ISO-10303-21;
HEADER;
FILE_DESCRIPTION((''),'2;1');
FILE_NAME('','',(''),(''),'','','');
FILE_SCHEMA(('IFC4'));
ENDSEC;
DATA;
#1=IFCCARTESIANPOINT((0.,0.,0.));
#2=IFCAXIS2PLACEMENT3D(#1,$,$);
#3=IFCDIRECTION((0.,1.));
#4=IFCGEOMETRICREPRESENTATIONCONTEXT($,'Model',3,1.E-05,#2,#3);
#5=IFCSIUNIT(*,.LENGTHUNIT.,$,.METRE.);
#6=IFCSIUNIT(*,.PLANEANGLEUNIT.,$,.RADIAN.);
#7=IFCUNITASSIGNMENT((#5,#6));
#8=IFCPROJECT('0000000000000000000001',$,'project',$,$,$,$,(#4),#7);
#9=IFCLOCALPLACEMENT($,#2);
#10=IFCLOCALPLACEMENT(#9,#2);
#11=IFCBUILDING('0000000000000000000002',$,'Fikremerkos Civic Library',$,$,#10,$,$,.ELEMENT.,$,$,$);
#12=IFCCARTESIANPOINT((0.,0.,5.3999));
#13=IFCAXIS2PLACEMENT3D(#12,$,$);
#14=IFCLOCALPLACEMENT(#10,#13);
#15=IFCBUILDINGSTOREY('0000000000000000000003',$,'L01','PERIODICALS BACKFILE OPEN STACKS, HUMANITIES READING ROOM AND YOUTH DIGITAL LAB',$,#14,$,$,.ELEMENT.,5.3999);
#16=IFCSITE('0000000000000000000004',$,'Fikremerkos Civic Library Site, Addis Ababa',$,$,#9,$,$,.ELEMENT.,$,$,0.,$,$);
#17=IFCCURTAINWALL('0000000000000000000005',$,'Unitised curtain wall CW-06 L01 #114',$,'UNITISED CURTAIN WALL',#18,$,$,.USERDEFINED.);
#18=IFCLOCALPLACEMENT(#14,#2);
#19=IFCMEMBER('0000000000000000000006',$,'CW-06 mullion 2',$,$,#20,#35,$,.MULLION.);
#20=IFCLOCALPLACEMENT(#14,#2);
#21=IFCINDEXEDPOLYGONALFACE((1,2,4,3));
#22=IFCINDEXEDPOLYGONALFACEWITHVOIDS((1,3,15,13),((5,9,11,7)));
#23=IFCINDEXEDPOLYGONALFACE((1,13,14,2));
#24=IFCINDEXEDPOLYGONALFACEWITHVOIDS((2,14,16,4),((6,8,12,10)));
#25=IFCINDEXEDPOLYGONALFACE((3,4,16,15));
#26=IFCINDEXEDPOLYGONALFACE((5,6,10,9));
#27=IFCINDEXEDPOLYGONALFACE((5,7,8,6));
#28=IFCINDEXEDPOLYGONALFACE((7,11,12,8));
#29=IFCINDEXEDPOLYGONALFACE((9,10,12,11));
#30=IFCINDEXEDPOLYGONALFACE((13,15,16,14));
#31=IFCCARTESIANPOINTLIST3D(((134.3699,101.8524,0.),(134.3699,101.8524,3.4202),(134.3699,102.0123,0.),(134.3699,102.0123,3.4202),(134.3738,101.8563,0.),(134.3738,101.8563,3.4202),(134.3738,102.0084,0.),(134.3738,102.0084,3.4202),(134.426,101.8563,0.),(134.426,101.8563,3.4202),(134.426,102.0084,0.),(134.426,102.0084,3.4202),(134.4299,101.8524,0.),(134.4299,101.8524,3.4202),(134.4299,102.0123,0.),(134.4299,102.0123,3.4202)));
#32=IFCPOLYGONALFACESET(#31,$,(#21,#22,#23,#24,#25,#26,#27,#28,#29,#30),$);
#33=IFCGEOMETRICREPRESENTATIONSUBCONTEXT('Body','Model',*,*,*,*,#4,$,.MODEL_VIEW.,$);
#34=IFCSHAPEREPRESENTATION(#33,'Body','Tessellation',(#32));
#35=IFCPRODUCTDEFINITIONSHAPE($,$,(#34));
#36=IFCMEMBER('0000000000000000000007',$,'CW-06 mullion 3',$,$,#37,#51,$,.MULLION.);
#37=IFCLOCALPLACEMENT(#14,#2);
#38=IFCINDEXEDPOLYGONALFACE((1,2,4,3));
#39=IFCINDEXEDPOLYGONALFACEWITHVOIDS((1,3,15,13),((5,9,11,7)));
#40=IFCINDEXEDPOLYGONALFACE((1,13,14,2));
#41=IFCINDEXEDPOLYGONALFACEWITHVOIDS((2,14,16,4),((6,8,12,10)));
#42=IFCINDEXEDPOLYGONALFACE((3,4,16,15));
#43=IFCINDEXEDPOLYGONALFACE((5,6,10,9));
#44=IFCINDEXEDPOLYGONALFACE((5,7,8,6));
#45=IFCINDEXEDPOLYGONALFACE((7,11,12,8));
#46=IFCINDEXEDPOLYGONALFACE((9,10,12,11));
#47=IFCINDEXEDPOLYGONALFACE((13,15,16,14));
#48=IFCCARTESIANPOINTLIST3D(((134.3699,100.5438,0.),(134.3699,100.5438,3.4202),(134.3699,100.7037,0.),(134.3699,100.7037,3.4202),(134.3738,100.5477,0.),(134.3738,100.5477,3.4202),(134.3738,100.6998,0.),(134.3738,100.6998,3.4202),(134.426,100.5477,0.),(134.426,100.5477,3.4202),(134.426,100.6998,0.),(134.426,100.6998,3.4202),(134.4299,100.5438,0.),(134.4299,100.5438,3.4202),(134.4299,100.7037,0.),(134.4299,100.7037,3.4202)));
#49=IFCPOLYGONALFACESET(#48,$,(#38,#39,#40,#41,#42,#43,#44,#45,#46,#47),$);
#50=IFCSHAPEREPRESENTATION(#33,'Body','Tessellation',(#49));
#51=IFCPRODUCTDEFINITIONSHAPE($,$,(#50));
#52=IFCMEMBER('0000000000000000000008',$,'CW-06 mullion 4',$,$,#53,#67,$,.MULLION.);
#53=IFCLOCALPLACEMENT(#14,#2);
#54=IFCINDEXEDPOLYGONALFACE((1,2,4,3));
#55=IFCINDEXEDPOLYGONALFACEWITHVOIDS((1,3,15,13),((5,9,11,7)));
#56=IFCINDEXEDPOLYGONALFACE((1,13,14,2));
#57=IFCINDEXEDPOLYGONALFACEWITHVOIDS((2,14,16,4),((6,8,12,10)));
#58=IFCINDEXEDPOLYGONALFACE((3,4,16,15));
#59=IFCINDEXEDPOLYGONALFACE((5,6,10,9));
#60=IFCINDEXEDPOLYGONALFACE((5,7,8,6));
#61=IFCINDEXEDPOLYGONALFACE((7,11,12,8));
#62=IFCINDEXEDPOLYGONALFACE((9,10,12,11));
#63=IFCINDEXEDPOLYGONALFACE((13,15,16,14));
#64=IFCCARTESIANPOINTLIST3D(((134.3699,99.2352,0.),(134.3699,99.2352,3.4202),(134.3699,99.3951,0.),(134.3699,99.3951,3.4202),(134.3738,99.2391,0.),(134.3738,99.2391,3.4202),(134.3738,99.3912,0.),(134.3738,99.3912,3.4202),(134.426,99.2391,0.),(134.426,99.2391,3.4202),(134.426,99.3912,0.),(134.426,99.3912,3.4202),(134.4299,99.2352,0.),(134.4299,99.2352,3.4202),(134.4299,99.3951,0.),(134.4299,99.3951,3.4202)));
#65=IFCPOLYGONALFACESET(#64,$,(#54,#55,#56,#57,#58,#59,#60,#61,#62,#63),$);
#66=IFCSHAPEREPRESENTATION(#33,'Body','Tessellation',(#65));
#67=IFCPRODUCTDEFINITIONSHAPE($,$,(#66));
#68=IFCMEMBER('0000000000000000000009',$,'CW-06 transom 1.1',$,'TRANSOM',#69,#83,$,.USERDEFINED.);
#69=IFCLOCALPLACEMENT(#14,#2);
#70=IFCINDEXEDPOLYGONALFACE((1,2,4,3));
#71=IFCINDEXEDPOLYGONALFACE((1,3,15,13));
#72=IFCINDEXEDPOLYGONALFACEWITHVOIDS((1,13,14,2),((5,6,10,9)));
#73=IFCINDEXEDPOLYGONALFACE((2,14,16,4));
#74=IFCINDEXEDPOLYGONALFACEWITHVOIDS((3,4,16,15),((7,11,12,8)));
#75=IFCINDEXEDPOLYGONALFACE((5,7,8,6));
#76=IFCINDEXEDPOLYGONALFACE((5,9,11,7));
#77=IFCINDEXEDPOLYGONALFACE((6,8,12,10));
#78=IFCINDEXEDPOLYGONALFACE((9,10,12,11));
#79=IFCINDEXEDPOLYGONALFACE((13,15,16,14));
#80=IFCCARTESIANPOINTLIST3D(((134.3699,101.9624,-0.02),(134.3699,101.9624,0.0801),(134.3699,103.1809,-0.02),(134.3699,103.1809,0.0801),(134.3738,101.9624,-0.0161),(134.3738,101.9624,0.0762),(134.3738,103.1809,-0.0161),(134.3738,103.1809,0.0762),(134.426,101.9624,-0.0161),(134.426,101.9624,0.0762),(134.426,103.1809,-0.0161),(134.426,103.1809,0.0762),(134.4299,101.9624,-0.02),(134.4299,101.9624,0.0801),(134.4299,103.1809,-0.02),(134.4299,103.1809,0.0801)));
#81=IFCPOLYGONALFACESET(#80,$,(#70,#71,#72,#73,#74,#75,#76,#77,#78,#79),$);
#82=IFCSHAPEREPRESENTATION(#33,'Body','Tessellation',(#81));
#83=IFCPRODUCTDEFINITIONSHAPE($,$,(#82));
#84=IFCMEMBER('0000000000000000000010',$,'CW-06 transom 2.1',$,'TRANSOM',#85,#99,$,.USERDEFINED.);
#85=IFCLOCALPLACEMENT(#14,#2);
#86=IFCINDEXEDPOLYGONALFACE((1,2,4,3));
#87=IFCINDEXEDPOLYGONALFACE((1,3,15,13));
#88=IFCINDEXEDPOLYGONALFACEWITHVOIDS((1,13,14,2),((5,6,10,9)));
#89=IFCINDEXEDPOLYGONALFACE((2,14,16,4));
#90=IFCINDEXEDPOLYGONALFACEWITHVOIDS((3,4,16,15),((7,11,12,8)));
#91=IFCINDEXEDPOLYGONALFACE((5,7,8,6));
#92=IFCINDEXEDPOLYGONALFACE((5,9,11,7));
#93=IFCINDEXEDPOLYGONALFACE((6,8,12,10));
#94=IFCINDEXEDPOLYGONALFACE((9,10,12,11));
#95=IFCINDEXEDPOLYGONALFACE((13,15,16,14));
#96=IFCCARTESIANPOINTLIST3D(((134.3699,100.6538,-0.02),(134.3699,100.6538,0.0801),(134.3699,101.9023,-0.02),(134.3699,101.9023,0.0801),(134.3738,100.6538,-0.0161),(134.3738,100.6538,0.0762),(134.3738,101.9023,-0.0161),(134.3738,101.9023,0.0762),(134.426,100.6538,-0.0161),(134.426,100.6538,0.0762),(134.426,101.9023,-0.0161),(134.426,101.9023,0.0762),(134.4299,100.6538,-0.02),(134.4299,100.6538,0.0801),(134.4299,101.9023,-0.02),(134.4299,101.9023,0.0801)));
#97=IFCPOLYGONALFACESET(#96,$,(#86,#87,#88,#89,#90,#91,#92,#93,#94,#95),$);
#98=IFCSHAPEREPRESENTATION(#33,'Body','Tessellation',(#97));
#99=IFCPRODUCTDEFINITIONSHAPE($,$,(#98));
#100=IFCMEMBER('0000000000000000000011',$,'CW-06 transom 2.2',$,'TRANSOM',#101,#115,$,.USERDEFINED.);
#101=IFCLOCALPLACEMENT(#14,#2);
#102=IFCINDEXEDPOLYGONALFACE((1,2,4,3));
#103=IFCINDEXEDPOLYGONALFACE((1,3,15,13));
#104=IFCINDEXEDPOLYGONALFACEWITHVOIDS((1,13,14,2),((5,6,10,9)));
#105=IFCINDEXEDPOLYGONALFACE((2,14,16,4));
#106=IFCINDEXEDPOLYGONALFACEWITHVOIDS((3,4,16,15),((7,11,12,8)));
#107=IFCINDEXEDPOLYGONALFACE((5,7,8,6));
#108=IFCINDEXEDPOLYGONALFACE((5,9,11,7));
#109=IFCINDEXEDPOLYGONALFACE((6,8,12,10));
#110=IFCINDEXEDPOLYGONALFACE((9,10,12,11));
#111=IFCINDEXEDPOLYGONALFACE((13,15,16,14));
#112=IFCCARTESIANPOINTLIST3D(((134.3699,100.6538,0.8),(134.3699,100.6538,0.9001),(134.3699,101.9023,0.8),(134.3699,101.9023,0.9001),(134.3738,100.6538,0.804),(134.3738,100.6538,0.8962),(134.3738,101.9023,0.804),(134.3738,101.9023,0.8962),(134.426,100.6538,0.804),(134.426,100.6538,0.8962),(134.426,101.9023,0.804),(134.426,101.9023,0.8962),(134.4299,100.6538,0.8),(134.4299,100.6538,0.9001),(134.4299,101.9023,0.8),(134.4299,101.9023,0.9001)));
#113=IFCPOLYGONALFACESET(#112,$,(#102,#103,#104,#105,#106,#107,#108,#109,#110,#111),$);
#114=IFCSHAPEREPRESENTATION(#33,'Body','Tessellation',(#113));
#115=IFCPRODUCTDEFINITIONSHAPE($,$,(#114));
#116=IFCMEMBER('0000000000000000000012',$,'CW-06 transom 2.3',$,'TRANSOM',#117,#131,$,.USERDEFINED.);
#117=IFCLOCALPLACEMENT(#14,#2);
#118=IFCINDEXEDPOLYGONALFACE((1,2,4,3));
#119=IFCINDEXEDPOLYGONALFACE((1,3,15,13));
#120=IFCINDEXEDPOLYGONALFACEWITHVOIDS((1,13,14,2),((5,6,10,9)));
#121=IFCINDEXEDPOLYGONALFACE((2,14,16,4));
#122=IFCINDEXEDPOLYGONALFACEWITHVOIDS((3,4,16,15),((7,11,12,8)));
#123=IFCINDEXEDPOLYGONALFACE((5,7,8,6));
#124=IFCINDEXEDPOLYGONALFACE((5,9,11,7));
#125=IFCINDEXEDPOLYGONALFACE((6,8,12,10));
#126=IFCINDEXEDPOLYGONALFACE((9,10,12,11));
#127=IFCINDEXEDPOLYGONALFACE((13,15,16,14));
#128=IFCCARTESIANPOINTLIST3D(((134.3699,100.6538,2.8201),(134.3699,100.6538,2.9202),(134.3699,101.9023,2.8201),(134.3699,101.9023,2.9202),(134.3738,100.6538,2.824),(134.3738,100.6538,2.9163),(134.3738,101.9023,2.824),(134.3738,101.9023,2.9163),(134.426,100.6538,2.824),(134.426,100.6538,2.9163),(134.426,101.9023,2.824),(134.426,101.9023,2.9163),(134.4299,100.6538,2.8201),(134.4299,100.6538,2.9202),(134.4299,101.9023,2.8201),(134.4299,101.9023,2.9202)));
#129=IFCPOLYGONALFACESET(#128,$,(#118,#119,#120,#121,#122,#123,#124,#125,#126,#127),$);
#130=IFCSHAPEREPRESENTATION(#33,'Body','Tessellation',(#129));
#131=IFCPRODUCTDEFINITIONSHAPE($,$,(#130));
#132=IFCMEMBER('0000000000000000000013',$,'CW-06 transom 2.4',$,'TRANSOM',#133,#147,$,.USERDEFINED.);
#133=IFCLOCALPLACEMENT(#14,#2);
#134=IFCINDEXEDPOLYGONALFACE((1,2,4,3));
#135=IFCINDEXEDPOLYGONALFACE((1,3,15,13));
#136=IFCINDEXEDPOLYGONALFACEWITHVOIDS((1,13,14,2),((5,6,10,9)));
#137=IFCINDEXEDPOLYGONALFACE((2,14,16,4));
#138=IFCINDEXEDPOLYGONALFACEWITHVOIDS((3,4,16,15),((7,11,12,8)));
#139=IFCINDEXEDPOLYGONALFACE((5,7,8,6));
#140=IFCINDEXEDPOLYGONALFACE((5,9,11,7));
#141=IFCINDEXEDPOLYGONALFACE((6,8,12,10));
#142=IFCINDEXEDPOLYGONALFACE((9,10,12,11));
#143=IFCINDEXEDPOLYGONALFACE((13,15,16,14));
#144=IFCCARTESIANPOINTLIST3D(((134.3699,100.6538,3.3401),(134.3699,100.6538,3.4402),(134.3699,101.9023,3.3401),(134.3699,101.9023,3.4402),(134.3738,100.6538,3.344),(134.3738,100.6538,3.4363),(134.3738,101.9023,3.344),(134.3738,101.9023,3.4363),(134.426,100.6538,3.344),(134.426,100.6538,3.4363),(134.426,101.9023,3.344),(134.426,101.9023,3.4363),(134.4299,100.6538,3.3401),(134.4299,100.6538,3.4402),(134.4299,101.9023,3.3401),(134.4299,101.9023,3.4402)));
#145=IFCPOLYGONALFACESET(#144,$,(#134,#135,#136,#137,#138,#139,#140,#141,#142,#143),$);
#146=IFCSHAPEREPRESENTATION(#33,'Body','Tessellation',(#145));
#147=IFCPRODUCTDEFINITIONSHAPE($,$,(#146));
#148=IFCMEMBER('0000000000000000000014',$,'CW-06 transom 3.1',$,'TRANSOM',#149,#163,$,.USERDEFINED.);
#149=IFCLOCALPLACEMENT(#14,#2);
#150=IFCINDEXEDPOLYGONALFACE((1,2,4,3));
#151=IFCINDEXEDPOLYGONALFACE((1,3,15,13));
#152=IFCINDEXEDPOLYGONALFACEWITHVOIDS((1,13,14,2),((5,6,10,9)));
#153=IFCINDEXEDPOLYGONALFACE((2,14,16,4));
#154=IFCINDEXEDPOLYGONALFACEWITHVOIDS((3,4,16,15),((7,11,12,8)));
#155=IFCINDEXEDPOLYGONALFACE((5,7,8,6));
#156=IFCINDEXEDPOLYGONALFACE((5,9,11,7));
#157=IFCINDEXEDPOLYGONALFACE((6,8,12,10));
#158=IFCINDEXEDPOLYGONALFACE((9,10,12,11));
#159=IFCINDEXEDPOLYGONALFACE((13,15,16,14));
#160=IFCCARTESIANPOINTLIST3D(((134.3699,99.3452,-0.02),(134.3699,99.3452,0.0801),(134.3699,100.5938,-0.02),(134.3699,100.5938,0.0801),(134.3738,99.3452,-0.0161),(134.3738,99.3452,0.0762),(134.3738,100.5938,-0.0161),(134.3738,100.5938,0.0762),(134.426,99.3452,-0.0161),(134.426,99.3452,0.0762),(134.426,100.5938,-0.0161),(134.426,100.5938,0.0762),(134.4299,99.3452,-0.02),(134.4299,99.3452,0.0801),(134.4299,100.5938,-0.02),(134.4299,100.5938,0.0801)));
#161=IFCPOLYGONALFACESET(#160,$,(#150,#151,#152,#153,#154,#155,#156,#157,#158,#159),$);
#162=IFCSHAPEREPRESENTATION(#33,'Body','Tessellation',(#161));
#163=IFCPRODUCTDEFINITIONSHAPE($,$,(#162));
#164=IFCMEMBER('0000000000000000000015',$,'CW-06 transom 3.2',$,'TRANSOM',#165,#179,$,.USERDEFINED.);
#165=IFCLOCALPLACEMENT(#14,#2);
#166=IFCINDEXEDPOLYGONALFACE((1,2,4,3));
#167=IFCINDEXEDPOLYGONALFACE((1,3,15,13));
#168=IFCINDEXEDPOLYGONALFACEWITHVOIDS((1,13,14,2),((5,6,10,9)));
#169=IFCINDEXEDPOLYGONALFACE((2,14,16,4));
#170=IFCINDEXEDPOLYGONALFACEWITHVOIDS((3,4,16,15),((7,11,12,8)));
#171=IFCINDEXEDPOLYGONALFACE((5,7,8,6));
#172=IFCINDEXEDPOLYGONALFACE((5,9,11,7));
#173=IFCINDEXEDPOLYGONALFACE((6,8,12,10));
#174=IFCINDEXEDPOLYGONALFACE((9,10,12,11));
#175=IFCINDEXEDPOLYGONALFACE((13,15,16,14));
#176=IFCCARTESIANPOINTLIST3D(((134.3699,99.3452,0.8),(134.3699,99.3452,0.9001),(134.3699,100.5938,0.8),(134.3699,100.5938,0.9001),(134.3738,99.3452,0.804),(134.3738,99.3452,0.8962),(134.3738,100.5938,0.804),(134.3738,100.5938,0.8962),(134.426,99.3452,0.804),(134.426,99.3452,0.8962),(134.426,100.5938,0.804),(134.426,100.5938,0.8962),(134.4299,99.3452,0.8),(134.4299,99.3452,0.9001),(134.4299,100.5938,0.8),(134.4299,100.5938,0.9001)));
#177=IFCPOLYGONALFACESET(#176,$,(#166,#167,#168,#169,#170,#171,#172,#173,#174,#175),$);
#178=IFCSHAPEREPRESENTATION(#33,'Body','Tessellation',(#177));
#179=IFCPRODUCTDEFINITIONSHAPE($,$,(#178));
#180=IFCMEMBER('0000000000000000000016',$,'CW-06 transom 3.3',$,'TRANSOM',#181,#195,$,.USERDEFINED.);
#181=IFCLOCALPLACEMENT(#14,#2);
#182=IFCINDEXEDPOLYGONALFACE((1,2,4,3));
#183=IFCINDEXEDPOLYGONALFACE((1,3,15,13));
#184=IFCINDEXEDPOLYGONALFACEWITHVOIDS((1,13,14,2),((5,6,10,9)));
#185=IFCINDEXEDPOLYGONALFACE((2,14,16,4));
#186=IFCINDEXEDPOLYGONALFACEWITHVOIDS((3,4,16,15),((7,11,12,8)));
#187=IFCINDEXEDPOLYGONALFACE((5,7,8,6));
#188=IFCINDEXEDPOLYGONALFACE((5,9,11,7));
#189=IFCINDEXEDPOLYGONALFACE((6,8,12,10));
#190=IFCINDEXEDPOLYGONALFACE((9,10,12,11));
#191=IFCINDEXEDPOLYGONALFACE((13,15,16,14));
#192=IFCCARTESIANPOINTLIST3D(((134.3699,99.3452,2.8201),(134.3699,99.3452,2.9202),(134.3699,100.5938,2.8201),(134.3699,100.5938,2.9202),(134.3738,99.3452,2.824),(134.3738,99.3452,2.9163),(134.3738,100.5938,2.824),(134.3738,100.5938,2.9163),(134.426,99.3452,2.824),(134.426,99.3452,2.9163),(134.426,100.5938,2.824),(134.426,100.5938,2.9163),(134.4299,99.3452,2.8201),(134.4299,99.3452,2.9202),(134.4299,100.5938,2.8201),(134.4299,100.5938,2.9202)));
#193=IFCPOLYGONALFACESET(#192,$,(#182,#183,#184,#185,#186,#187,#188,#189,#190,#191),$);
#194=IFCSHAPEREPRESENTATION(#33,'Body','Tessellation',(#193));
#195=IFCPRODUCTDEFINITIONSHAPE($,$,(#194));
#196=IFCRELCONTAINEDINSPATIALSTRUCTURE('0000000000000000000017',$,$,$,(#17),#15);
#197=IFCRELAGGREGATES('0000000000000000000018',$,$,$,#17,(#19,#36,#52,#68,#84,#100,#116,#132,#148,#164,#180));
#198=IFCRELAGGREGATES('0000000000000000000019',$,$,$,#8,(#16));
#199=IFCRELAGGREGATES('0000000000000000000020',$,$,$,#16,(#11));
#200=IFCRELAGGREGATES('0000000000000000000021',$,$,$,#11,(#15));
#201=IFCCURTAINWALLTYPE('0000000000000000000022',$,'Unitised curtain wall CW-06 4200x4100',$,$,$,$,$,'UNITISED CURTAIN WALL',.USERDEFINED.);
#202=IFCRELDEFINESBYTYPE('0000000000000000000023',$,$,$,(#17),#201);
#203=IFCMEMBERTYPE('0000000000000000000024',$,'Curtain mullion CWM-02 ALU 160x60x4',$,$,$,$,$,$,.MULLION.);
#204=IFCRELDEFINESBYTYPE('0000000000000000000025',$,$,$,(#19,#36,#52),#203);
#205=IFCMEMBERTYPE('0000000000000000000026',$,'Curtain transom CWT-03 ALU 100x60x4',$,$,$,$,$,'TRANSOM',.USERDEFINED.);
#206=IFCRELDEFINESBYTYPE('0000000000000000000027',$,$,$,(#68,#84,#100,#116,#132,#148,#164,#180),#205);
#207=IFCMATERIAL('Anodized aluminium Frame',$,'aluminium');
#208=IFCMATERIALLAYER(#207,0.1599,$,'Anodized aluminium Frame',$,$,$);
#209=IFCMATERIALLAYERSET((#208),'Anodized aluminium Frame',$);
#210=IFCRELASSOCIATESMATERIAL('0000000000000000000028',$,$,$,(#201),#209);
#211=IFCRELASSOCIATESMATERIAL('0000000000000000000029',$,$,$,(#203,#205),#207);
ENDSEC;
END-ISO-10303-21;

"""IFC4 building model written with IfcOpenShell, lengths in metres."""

from ifc_helpers import new_model, si_unit, direction, frame, origin, origin_2d, place, context, subcontext, project, spatial, hollow_rectangle, extrude, material, layer, layer_set, material_profile, profile_set, type_object, element, aggregate, save


model = new_model("IFC4")

# Units and contexts
model_context = context("Model", 3, precision=1e-05, world=origin(), true_north=direction((0.0, 1.0)))
body_context = subcontext(model_context, "Body", "Model", "MODEL_VIEW")
ifc_project = project(units=[si_unit("LENGTHUNIT", "METRE"), si_unit("PLANEANGLEUNIT", "RADIAN")], contexts=[model_context])

# Site, building, storey
site_placement = place(None, origin())
site = spatial("IfcSite", under=ifc_project, at=site_placement, Name="Fikremerkos Civic Library Site, Addis Ababa", CompositionType="ELEMENT", RefElevation=0.0)
building_placement = place(site_placement, origin())
building = spatial("IfcBuilding", under=site, at=building_placement, Name="Fikremerkos Civic Library", CompositionType="ELEMENT")
storey_placement = place(building_placement, frame((0.0, 0.0, 5.3999)))
storey = spatial("IfcBuildingStorey", under=building, at=storey_placement, Name="L01", Description="PERIODICALS BACKFILE OPEN STACKS, HUMANITIES READING ROOM AND YOUTH DIGITAL LAB", CompositionType="ELEMENT", Elevation=5.3999)

# Curtain wall, members
ifc_material_1 = material(Name="Anodized aluminium Frame", Category="aluminium")
ifc_layer_1 = layer(ifc_material_1, 0.1599, Name="Anodized aluminium Frame")
ifc_layer_set_1 = layer_set([ifc_layer_1], Name="Anodized aluminium Frame")
curtain_wall_type = type_object("IfcCurtainWallType", Name="Unitised curtain wall CW-06 4200x4100", ElementType="UNITISED CURTAIN WALL", PredefinedType="USERDEFINED", material=ifc_layer_set_1)
curtain_wall_placement = place(storey_placement, origin())
curtain_wall = element("IfcCurtainWall", 1, at=curtain_wall_placement, inside=storey, type_object=curtain_wall_type, Name="Unitised curtain wall CW-06 L01 #114", ObjectType="UNITISED CURTAIN WALL", PredefinedType="USERDEFINED")
ifc_material_profile_1 = material_profile(ifc_material_1, hollow_rectangle(XDim=0.0601, YDim=0.1599, WallThickness=0.0039, at=origin_2d()), Name="ALU 160x60x4")
ifc_profile_set_1 = profile_set([ifc_material_profile_1], Name="Anodized aluminium Frame")
member_type_1 = type_object("IfcMemberType", Name="Curtain mullion CWM-02 ALU 160x60x4", PredefinedType="MULLION", material=ifc_profile_set_1)
member_1_placement = place(storey_placement, frame((134.3999, 101.9324, 0.0), z_axis=(0.0, 0.0, 1.0), x_axis=(1.0, 0.0, 0.0)))
member_1 = element("IfcMember", 2, at=member_1_placement, type_object=member_type_1, Name="CW-06 mullion 2", PredefinedType="MULLION", context=body_context, shape_type="SweptSolid", body=[
    extrude(hollow_rectangle(XDim=0.0601, YDim=0.1599, WallThickness=0.0039, at=origin_2d()), origin(), (0.0, 0.0, 1.0), 3.4202),
])
member_2_placement = place(storey_placement, frame((134.3999, 100.6238, 0.0), z_axis=(0.0, 0.0, 1.0), x_axis=(1.0, 0.0, 0.0)))
member_2 = element("IfcMember", 3, at=member_2_placement, type_object=member_type_1, Name="CW-06 mullion 3", PredefinedType="MULLION", context=body_context, shape_type="SweptSolid", body=[
    extrude(hollow_rectangle(XDim=0.0601, YDim=0.1599, WallThickness=0.0039, at=origin_2d()), origin(), (0.0, 0.0, 1.0), 3.4202),
])
member_3_placement = place(storey_placement, frame((134.3999, 99.3152, 0.0), z_axis=(0.0, 0.0, 1.0), x_axis=(1.0, 0.0, 0.0)))
member_3 = element("IfcMember", 4, at=member_3_placement, type_object=member_type_1, Name="CW-06 mullion 4", PredefinedType="MULLION", context=body_context, shape_type="SweptSolid", body=[
    extrude(hollow_rectangle(XDim=0.0601, YDim=0.1599, WallThickness=0.0039, at=origin_2d()), origin(), (0.0, 0.0, 1.0), 3.4202),
])
ifc_material_profile_2 = material_profile(ifc_material_1, hollow_rectangle(XDim=0.0601, YDim=0.1001, WallThickness=0.0039, at=origin_2d()), Name="ALU 100x60x4")
ifc_profile_set_2 = profile_set([ifc_material_profile_2], Name="Anodized aluminium Frame")
member_type_2 = type_object("IfcMemberType", Name="Curtain transom CWT-03 ALU 100x60x4", ElementType="TRANSOM", PredefinedType="USERDEFINED", material=ifc_profile_set_2)
member_4_placement = place(storey_placement, frame((134.3999, 103.1809, 0.03), z_axis=(0.0, -1.0, 0.0), x_axis=(1.0, 0.0, 0.0)))
member_4 = element("IfcMember", 5, at=member_4_placement, type_object=member_type_2, Name="CW-06 transom 1.1", ObjectType="TRANSOM", PredefinedType="USERDEFINED", context=body_context, shape_type="SweptSolid", body=[
    extrude(hollow_rectangle(XDim=0.0601, YDim=0.1001, WallThickness=0.0039, at=origin_2d()), origin(), (0.0, 0.0, 1.0), 1.2185),
])
member_5_placement = place(storey_placement, frame((134.3999, 101.9023, 0.03), z_axis=(0.0, -1.0, 0.0), x_axis=(1.0, 0.0, 0.0)))
member_5 = element("IfcMember", 6, at=member_5_placement, type_object=member_type_2, Name="CW-06 transom 2.1", ObjectType="TRANSOM", PredefinedType="USERDEFINED", context=body_context, shape_type="SweptSolid", body=[
    extrude(hollow_rectangle(XDim=0.0601, YDim=0.1001, WallThickness=0.0039, at=origin_2d()), origin(), (0.0, 0.0, 1.0), 1.2485),
])
member_6_placement = place(storey_placement, frame((134.3999, 101.9023, 0.8501), z_axis=(0.0, -1.0, 0.0), x_axis=(1.0, 0.0, 0.0)))
member_6 = element("IfcMember", 7, at=member_6_placement, type_object=member_type_2, Name="CW-06 transom 2.2", ObjectType="TRANSOM", PredefinedType="USERDEFINED", context=body_context, shape_type="SweptSolid", body=[
    extrude(hollow_rectangle(XDim=0.0601, YDim=0.1001, WallThickness=0.0039, at=origin_2d()), origin(), (0.0, 0.0, 1.0), 1.2485),
])
member_7_placement = place(storey_placement, frame((134.3999, 101.9023, 2.8701), z_axis=(0.0, -1.0, 0.0), x_axis=(1.0, 0.0, 0.0)))
member_7 = element("IfcMember", 8, at=member_7_placement, type_object=member_type_2, Name="CW-06 transom 2.3", ObjectType="TRANSOM", PredefinedType="USERDEFINED", context=body_context, shape_type="SweptSolid", body=[
    extrude(hollow_rectangle(XDim=0.0601, YDim=0.1001, WallThickness=0.0039, at=origin_2d()), origin(), (0.0, 0.0, 1.0), 1.2485),
])
member_8_placement = place(storey_placement, frame((134.3999, 101.9023, 3.3901), z_axis=(0.0, -1.0, 0.0), x_axis=(1.0, 0.0, 0.0)))
member_8 = element("IfcMember", 9, at=member_8_placement, type_object=member_type_2, Name="CW-06 transom 2.4", ObjectType="TRANSOM", PredefinedType="USERDEFINED", context=body_context, shape_type="SweptSolid", body=[
    extrude(hollow_rectangle(XDim=0.0601, YDim=0.1001, WallThickness=0.0039, at=origin_2d()), origin(), (0.0, 0.0, 1.0), 1.2485),
])
member_9_placement = place(storey_placement, frame((134.3999, 100.5938, 0.03), z_axis=(0.0, -1.0, 0.0), x_axis=(1.0, 0.0, 0.0)))
member_9 = element("IfcMember", 10, at=member_9_placement, type_object=member_type_2, Name="CW-06 transom 3.1", ObjectType="TRANSOM", PredefinedType="USERDEFINED", context=body_context, shape_type="SweptSolid", body=[
    extrude(hollow_rectangle(XDim=0.0601, YDim=0.1001, WallThickness=0.0039, at=origin_2d()), origin(), (0.0, 0.0, 1.0), 1.2485),
])
member_10_placement = place(storey_placement, frame((134.3999, 100.5938, 0.8501), z_axis=(0.0, -1.0, 0.0), x_axis=(1.0, 0.0, 0.0)))
member_10 = element("IfcMember", 11, at=member_10_placement, type_object=member_type_2, Name="CW-06 transom 3.2", ObjectType="TRANSOM", PredefinedType="USERDEFINED", context=body_context, shape_type="SweptSolid", body=[
    extrude(hollow_rectangle(XDim=0.0601, YDim=0.1001, WallThickness=0.0039, at=origin_2d()), origin(), (0.0, 0.0, 1.0), 1.2485),
])
member_11_placement = place(storey_placement, frame((134.3999, 100.5938, 2.8701), z_axis=(0.0, -1.0, 0.0), x_axis=(1.0, 0.0, 0.0)))
member_11 = element("IfcMember", 12, at=member_11_placement, type_object=member_type_2, Name="CW-06 transom 3.3", ObjectType="TRANSOM", PredefinedType="USERDEFINED", context=body_context, shape_type="SweptSolid", body=[
    extrude(hollow_rectangle(XDim=0.0601, YDim=0.1001, WallThickness=0.0039, at=origin_2d()), origin(), (0.0, 0.0, 1.0), 1.2485),
])
aggregate(curtain_wall, [member_1, member_2, member_3, member_4, member_5, member_6, member_7, member_8, member_9, member_10, member_11])

save(model, "model.ifc")
